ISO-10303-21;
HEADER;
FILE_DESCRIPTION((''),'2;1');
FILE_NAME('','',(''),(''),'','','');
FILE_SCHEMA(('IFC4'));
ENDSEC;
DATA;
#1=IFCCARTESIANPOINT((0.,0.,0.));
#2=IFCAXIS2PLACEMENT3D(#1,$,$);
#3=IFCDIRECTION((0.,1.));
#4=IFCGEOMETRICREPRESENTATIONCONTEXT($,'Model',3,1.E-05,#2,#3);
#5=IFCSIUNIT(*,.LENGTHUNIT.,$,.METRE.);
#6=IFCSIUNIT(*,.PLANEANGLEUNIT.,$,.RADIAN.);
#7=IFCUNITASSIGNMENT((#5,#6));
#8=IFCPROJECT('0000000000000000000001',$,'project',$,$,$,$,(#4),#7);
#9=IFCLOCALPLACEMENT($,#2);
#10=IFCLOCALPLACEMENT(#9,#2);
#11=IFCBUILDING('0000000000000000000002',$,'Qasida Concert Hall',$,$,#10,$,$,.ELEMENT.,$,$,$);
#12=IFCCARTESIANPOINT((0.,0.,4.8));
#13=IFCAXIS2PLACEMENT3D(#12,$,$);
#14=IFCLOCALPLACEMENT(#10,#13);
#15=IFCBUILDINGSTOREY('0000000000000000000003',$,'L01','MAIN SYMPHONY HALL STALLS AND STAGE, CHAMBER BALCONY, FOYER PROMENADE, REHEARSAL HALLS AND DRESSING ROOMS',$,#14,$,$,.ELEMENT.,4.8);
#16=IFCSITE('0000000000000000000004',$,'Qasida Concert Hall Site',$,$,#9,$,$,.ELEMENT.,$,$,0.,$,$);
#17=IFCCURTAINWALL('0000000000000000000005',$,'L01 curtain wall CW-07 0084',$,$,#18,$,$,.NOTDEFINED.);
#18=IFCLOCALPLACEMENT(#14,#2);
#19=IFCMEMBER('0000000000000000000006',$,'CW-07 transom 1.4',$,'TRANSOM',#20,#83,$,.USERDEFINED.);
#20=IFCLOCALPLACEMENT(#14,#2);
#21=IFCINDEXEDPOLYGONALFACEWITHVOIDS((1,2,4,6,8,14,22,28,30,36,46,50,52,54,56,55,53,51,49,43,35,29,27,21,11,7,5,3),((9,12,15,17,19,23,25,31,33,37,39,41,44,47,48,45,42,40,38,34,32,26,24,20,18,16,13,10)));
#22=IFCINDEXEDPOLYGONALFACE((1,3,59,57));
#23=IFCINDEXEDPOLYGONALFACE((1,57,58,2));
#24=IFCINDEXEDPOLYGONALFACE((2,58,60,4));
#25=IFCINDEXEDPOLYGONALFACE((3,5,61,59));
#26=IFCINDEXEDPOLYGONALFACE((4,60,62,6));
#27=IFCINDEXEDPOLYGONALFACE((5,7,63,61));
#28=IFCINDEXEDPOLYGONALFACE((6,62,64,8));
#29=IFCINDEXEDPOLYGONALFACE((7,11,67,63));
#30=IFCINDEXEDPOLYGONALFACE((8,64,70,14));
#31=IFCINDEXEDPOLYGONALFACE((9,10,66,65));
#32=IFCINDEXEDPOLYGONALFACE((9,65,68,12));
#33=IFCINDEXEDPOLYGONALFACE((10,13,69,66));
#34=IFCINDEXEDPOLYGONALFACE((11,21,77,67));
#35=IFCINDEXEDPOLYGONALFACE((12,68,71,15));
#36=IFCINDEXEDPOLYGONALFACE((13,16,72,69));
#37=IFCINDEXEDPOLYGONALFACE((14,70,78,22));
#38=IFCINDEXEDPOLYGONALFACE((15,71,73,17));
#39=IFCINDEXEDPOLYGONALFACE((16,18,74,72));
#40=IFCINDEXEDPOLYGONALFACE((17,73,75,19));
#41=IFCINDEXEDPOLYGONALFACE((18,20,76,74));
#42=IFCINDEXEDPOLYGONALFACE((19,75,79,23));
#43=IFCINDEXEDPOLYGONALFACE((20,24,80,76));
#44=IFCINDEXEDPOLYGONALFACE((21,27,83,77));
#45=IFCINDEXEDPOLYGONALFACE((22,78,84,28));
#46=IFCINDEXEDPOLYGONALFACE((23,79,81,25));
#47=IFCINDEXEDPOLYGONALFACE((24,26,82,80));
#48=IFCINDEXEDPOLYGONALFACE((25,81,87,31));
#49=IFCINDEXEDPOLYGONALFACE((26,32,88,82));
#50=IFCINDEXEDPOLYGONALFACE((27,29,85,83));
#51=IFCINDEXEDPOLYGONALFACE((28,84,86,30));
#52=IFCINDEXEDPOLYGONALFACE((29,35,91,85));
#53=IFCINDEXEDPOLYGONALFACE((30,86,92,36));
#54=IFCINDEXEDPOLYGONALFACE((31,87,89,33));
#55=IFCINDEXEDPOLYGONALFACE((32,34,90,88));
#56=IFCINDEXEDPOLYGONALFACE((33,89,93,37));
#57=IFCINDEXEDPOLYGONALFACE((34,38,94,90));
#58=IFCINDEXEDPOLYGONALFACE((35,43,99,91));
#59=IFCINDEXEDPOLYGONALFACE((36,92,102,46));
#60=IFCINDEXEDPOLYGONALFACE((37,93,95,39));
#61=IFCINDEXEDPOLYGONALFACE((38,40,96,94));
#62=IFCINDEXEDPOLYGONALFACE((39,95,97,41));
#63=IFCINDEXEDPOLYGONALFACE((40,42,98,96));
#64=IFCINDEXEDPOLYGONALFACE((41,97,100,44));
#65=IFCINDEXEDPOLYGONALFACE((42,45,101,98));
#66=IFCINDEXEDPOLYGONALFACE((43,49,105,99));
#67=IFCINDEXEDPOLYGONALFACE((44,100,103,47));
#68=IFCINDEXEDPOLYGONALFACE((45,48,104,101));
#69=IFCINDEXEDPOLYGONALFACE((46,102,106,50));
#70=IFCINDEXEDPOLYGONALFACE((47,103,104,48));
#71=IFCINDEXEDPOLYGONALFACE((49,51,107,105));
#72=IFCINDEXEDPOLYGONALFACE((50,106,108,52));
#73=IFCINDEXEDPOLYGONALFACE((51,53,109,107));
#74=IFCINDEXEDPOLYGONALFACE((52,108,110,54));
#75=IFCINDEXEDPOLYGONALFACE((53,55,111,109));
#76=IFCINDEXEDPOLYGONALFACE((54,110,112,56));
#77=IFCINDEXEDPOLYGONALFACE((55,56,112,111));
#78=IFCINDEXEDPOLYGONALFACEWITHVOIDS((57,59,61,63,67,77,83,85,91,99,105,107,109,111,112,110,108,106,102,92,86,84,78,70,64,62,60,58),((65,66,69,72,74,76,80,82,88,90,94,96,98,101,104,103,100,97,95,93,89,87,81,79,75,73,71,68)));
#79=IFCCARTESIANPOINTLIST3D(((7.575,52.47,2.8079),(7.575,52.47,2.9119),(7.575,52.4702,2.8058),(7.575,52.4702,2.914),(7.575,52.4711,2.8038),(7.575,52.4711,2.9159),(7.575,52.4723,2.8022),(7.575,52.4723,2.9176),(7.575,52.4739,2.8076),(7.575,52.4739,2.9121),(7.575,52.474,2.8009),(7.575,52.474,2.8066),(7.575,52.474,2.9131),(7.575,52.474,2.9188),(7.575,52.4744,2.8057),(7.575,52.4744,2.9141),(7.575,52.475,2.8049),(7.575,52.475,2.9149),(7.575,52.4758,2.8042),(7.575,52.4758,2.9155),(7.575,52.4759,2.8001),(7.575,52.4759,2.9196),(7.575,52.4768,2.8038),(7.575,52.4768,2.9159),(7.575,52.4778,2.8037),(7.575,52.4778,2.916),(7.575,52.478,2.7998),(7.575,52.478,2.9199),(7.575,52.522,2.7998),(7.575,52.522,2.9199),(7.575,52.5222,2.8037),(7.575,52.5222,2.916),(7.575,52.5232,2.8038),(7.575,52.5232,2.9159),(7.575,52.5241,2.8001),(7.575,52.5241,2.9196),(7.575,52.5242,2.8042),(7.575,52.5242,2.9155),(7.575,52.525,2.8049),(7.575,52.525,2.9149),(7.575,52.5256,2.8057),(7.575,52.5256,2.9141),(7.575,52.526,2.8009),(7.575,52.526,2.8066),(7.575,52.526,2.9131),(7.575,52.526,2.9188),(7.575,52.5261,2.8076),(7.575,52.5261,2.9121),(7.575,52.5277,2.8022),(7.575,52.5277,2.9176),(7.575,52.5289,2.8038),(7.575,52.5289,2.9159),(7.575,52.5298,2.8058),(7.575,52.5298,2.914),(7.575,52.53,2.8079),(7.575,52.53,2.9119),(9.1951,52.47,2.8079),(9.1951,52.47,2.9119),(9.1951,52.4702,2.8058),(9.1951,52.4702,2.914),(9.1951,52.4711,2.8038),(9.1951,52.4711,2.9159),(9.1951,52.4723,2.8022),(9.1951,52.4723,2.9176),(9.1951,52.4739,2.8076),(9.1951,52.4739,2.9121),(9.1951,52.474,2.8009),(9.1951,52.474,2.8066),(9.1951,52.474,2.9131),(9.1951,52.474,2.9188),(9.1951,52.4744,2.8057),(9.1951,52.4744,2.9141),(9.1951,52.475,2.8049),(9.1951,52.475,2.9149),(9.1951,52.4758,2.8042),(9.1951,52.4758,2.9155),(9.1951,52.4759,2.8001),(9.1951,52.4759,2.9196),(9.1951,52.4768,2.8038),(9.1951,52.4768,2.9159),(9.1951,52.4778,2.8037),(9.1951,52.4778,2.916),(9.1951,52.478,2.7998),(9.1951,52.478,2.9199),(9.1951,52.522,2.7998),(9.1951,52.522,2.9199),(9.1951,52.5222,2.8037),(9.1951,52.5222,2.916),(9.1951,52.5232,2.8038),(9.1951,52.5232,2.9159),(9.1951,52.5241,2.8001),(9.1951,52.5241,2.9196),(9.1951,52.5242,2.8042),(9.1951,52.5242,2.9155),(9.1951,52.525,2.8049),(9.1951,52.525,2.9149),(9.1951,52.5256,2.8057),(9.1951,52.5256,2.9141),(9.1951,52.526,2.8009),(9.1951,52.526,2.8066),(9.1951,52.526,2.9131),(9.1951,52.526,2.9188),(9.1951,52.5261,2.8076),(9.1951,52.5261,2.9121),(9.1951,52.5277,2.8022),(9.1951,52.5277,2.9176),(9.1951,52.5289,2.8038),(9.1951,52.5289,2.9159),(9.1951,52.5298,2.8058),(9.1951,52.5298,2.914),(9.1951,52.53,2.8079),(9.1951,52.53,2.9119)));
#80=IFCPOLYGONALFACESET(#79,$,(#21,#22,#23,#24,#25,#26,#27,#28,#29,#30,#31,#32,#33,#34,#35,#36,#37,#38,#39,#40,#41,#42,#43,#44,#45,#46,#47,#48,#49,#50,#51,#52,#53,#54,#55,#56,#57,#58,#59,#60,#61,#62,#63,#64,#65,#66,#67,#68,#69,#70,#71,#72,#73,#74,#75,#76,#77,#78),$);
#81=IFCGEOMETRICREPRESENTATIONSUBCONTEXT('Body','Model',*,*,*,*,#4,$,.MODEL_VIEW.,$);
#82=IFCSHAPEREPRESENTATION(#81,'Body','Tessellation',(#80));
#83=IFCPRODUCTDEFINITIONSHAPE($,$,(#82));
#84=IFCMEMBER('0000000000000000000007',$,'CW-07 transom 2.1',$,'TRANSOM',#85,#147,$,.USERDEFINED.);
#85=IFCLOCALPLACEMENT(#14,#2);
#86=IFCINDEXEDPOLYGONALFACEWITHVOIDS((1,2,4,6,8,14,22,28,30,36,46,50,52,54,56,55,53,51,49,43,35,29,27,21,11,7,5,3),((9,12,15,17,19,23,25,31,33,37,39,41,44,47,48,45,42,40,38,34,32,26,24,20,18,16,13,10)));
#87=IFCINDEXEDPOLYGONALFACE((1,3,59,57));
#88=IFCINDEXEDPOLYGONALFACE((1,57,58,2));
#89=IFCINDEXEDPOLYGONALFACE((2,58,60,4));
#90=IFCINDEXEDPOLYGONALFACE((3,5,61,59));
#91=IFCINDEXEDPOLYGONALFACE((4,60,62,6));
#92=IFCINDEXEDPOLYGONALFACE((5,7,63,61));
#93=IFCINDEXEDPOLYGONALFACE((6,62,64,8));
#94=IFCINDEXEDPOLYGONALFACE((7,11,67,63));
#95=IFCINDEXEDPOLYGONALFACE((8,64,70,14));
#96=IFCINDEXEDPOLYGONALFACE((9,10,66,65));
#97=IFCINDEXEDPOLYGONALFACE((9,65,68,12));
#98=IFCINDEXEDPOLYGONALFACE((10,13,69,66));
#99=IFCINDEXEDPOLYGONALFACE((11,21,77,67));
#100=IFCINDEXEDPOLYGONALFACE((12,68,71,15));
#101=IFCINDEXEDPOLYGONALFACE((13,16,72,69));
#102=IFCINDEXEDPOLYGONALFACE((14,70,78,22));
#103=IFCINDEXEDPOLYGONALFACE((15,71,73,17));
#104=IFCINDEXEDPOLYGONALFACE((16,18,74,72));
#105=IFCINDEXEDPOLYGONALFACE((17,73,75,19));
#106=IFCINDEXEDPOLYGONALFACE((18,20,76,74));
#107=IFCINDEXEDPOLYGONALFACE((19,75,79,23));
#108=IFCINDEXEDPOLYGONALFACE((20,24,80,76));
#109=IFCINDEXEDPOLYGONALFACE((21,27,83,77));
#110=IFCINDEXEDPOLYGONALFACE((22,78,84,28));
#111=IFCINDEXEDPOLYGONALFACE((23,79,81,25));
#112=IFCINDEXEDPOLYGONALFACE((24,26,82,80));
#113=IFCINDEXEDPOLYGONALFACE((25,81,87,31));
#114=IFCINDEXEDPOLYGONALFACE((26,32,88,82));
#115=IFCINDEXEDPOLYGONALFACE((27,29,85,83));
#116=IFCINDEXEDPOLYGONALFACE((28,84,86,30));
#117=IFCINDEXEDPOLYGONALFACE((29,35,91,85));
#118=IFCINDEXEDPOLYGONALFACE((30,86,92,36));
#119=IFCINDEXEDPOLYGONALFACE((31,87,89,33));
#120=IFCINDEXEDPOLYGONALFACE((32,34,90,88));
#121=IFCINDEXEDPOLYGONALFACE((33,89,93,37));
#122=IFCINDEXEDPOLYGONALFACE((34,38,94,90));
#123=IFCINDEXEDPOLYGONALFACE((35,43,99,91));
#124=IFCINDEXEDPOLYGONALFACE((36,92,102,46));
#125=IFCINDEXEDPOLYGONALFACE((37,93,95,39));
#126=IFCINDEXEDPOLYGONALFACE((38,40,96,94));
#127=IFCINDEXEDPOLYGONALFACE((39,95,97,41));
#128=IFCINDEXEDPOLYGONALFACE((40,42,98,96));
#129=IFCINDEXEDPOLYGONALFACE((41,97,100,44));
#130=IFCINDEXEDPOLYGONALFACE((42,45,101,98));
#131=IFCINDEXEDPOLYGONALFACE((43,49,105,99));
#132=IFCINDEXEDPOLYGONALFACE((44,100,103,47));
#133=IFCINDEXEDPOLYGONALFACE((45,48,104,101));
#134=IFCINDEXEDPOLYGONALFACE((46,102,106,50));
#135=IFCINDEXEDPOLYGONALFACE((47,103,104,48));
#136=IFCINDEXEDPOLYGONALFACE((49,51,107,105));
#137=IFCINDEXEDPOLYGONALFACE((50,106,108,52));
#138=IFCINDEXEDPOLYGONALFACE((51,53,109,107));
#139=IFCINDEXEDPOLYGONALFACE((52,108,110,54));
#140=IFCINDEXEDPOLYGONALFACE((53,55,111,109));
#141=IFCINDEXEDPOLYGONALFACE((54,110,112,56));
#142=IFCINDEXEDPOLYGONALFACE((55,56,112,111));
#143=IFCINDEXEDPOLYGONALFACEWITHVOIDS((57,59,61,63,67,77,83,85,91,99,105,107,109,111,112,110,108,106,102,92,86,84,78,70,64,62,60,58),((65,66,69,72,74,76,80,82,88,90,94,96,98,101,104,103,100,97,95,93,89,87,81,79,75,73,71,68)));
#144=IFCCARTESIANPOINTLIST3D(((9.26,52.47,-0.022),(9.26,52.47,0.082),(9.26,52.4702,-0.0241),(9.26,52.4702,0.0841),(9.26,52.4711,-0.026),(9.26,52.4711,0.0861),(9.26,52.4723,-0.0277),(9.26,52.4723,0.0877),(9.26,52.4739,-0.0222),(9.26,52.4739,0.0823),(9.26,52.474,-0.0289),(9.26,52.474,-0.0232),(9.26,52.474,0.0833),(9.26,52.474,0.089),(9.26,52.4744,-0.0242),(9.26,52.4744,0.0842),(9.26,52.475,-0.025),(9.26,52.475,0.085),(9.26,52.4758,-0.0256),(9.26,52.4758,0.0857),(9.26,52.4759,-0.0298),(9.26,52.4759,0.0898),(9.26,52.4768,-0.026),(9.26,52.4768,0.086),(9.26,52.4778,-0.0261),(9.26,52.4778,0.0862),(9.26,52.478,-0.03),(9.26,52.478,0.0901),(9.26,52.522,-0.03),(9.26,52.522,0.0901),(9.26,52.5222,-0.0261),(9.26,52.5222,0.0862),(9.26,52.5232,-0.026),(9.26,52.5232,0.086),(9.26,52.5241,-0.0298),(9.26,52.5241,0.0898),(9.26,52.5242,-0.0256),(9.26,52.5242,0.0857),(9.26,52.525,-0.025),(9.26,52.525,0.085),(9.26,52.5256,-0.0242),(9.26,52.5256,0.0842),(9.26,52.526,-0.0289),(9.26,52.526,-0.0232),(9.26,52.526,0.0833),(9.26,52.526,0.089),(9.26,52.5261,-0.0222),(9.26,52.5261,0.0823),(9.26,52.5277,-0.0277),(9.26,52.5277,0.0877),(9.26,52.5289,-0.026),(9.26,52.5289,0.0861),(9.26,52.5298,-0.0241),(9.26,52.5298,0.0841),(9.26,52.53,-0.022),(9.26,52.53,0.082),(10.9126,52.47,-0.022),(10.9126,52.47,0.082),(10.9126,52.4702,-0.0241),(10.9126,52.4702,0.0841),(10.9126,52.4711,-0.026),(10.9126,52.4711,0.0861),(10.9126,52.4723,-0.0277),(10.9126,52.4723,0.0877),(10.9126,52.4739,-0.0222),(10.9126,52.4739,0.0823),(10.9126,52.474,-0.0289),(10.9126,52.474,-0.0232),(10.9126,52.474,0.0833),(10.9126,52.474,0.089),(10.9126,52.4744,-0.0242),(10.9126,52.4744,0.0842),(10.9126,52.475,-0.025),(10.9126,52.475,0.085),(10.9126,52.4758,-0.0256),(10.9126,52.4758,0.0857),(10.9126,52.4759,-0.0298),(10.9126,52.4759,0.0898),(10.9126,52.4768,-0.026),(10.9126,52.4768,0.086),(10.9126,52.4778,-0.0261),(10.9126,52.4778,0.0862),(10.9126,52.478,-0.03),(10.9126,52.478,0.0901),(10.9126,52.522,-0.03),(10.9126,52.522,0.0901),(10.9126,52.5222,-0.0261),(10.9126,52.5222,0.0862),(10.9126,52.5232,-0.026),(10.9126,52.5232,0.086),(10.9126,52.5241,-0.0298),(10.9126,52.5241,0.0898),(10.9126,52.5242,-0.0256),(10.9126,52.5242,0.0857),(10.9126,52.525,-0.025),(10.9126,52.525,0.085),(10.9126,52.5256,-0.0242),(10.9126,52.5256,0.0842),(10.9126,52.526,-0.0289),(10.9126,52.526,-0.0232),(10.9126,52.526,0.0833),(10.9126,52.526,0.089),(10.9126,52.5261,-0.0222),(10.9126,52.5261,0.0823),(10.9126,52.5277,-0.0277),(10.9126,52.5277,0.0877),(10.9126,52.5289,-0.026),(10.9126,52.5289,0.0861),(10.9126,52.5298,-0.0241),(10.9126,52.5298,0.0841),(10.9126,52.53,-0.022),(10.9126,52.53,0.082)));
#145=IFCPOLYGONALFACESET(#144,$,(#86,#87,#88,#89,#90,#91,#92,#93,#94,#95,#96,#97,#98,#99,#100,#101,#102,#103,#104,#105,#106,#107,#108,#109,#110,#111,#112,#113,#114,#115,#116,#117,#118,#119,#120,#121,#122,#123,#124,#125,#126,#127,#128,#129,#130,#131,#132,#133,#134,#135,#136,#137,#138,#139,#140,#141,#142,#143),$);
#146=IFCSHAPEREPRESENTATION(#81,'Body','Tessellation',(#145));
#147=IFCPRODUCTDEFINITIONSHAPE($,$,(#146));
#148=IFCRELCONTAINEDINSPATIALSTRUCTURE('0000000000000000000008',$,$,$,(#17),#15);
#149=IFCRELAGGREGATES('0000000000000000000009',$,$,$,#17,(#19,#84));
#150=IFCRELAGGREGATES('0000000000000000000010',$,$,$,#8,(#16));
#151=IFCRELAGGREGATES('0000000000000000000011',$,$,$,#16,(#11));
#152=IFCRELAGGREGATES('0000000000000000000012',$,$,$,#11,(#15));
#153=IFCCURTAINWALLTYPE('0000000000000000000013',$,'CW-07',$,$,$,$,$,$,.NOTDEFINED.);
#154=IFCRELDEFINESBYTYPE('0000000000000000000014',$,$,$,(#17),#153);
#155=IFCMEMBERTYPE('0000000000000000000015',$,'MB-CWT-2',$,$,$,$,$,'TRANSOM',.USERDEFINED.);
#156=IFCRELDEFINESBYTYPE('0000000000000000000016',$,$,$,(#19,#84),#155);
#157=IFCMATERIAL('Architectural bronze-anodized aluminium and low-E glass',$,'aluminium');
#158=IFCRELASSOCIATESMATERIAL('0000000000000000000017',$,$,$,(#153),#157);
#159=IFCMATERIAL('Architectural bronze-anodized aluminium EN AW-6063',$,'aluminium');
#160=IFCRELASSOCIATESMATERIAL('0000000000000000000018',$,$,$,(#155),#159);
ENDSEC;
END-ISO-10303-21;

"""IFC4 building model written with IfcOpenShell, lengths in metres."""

from ifc_helpers import new_model, si_unit, direction, frame, origin, origin_2d, place, context, subcontext, project, spatial, hollow_rectangle, extrude, material, material_profile, profile_set, type_object, element, aggregate, save


model = new_model("IFC4")

# Units and contexts
model_context = context("Model", 3, precision=1e-05, world=origin(), true_north=direction((0.0, 1.0)))
body_context = subcontext(model_context, "Body", "Model", "MODEL_VIEW")
ifc_project = project(units=[si_unit("LENGTHUNIT", "METRE"), si_unit("PLANEANGLEUNIT", "RADIAN")], contexts=[model_context])

# Site, building, storey
site_placement = place(None, origin())
site = spatial("IfcSite", under=ifc_project, at=site_placement, Name="Qasida Concert Hall Site", CompositionType="ELEMENT", RefElevation=0.0)
building_placement = place(site_placement, origin())
building = spatial("IfcBuilding", under=site, at=building_placement, Name="Qasida Concert Hall", CompositionType="ELEMENT")
storey_placement = place(building_placement, frame((0.0, 0.0, 4.8)))
storey = spatial("IfcBuildingStorey", under=building, at=storey_placement, Name="L01", Description="MAIN SYMPHONY HALL STALLS AND STAGE, CHAMBER BALCONY, FOYER PROMENADE, REHEARSAL HALLS AND DRESSING ROOMS", CompositionType="ELEMENT", Elevation=4.8)

# Shared definitions
ifc_material_1 = material(Name="Architectural bronze-anodized aluminium and low-E glass", Category="aluminium")
curtain_wall_type = type_object("IfcCurtainWallType", Name="CW-07", PredefinedType="NOTDEFINED", material=ifc_material_1)
ifc_material_2 = material(Name="Architectural bronze-anodized aluminium EN AW-6063", Category="aluminium")

# Curtain wall
curtain_wall_1_placement = place(storey_placement, origin())
curtain_wall_1 = element("IfcCurtainWall", 1, at=curtain_wall_1_placement, inside=storey, type_object=curtain_wall_type, Name="L01 curtain wall CW-07 0084", PredefinedType="NOTDEFINED")

# Members
ifc_material_profile_1 = material_profile(ifc_material_2, hollow_rectangle(XDim=0.0601, YDim=0.1201, WallThickness=0.0039, InnerFilletRadius=0.0039, OuterFilletRadius=0.0081, at=origin_2d()), Name="CWT 120x60x4")
ifc_profile_set_1 = profile_set([ifc_material_profile_1], Name="Architectural bronze-anodized aluminium EN AW-6063")
member_type_1 = type_object("IfcMemberType", Name="MB-CWT-2", ElementType="TRANSOM", PredefinedType="USERDEFINED", material=ifc_profile_set_1)
member_1_placement = place(storey_placement, frame((7.575, 52.5, 2.8599), z_axis=(1.0, 0.0, 0.0), x_axis=(0.0, 1.0, 0.0)))
member_1 = element("IfcMember", 2, at=member_1_placement, type_object=member_type_1, Name="CW-07 transom 1.4", ObjectType="TRANSOM", PredefinedType="USERDEFINED", context=body_context, shape_type="SweptSolid", body=[
    extrude(hollow_rectangle(XDim=0.0601, YDim=0.1201, WallThickness=0.0039, InnerFilletRadius=0.0039, OuterFilletRadius=0.0081, at=origin_2d()), origin(), (0.0, 0.0, 1.0), 1.6201),
])
member_2_placement = place(storey_placement, frame((9.26, 52.5, 0.03), z_axis=(1.0, 0.0, 0.0), x_axis=(0.0, 1.0, 0.0)))
member_2 = element("IfcMember", 3, at=member_2_placement, type_object=member_type_1, Name="CW-07 transom 2.1", ObjectType="TRANSOM", PredefinedType="USERDEFINED", context=body_context, shape_type="SweptSolid", body=[
    extrude(hollow_rectangle(XDim=0.0601, YDim=0.1201, WallThickness=0.0039, InnerFilletRadius=0.0039, OuterFilletRadius=0.0081, at=origin_2d()), origin(), (0.0, 0.0, 1.0), 1.6526),
])

aggregate(curtain_wall_1, [member_1, member_2])

save(model, "model.ifc")
